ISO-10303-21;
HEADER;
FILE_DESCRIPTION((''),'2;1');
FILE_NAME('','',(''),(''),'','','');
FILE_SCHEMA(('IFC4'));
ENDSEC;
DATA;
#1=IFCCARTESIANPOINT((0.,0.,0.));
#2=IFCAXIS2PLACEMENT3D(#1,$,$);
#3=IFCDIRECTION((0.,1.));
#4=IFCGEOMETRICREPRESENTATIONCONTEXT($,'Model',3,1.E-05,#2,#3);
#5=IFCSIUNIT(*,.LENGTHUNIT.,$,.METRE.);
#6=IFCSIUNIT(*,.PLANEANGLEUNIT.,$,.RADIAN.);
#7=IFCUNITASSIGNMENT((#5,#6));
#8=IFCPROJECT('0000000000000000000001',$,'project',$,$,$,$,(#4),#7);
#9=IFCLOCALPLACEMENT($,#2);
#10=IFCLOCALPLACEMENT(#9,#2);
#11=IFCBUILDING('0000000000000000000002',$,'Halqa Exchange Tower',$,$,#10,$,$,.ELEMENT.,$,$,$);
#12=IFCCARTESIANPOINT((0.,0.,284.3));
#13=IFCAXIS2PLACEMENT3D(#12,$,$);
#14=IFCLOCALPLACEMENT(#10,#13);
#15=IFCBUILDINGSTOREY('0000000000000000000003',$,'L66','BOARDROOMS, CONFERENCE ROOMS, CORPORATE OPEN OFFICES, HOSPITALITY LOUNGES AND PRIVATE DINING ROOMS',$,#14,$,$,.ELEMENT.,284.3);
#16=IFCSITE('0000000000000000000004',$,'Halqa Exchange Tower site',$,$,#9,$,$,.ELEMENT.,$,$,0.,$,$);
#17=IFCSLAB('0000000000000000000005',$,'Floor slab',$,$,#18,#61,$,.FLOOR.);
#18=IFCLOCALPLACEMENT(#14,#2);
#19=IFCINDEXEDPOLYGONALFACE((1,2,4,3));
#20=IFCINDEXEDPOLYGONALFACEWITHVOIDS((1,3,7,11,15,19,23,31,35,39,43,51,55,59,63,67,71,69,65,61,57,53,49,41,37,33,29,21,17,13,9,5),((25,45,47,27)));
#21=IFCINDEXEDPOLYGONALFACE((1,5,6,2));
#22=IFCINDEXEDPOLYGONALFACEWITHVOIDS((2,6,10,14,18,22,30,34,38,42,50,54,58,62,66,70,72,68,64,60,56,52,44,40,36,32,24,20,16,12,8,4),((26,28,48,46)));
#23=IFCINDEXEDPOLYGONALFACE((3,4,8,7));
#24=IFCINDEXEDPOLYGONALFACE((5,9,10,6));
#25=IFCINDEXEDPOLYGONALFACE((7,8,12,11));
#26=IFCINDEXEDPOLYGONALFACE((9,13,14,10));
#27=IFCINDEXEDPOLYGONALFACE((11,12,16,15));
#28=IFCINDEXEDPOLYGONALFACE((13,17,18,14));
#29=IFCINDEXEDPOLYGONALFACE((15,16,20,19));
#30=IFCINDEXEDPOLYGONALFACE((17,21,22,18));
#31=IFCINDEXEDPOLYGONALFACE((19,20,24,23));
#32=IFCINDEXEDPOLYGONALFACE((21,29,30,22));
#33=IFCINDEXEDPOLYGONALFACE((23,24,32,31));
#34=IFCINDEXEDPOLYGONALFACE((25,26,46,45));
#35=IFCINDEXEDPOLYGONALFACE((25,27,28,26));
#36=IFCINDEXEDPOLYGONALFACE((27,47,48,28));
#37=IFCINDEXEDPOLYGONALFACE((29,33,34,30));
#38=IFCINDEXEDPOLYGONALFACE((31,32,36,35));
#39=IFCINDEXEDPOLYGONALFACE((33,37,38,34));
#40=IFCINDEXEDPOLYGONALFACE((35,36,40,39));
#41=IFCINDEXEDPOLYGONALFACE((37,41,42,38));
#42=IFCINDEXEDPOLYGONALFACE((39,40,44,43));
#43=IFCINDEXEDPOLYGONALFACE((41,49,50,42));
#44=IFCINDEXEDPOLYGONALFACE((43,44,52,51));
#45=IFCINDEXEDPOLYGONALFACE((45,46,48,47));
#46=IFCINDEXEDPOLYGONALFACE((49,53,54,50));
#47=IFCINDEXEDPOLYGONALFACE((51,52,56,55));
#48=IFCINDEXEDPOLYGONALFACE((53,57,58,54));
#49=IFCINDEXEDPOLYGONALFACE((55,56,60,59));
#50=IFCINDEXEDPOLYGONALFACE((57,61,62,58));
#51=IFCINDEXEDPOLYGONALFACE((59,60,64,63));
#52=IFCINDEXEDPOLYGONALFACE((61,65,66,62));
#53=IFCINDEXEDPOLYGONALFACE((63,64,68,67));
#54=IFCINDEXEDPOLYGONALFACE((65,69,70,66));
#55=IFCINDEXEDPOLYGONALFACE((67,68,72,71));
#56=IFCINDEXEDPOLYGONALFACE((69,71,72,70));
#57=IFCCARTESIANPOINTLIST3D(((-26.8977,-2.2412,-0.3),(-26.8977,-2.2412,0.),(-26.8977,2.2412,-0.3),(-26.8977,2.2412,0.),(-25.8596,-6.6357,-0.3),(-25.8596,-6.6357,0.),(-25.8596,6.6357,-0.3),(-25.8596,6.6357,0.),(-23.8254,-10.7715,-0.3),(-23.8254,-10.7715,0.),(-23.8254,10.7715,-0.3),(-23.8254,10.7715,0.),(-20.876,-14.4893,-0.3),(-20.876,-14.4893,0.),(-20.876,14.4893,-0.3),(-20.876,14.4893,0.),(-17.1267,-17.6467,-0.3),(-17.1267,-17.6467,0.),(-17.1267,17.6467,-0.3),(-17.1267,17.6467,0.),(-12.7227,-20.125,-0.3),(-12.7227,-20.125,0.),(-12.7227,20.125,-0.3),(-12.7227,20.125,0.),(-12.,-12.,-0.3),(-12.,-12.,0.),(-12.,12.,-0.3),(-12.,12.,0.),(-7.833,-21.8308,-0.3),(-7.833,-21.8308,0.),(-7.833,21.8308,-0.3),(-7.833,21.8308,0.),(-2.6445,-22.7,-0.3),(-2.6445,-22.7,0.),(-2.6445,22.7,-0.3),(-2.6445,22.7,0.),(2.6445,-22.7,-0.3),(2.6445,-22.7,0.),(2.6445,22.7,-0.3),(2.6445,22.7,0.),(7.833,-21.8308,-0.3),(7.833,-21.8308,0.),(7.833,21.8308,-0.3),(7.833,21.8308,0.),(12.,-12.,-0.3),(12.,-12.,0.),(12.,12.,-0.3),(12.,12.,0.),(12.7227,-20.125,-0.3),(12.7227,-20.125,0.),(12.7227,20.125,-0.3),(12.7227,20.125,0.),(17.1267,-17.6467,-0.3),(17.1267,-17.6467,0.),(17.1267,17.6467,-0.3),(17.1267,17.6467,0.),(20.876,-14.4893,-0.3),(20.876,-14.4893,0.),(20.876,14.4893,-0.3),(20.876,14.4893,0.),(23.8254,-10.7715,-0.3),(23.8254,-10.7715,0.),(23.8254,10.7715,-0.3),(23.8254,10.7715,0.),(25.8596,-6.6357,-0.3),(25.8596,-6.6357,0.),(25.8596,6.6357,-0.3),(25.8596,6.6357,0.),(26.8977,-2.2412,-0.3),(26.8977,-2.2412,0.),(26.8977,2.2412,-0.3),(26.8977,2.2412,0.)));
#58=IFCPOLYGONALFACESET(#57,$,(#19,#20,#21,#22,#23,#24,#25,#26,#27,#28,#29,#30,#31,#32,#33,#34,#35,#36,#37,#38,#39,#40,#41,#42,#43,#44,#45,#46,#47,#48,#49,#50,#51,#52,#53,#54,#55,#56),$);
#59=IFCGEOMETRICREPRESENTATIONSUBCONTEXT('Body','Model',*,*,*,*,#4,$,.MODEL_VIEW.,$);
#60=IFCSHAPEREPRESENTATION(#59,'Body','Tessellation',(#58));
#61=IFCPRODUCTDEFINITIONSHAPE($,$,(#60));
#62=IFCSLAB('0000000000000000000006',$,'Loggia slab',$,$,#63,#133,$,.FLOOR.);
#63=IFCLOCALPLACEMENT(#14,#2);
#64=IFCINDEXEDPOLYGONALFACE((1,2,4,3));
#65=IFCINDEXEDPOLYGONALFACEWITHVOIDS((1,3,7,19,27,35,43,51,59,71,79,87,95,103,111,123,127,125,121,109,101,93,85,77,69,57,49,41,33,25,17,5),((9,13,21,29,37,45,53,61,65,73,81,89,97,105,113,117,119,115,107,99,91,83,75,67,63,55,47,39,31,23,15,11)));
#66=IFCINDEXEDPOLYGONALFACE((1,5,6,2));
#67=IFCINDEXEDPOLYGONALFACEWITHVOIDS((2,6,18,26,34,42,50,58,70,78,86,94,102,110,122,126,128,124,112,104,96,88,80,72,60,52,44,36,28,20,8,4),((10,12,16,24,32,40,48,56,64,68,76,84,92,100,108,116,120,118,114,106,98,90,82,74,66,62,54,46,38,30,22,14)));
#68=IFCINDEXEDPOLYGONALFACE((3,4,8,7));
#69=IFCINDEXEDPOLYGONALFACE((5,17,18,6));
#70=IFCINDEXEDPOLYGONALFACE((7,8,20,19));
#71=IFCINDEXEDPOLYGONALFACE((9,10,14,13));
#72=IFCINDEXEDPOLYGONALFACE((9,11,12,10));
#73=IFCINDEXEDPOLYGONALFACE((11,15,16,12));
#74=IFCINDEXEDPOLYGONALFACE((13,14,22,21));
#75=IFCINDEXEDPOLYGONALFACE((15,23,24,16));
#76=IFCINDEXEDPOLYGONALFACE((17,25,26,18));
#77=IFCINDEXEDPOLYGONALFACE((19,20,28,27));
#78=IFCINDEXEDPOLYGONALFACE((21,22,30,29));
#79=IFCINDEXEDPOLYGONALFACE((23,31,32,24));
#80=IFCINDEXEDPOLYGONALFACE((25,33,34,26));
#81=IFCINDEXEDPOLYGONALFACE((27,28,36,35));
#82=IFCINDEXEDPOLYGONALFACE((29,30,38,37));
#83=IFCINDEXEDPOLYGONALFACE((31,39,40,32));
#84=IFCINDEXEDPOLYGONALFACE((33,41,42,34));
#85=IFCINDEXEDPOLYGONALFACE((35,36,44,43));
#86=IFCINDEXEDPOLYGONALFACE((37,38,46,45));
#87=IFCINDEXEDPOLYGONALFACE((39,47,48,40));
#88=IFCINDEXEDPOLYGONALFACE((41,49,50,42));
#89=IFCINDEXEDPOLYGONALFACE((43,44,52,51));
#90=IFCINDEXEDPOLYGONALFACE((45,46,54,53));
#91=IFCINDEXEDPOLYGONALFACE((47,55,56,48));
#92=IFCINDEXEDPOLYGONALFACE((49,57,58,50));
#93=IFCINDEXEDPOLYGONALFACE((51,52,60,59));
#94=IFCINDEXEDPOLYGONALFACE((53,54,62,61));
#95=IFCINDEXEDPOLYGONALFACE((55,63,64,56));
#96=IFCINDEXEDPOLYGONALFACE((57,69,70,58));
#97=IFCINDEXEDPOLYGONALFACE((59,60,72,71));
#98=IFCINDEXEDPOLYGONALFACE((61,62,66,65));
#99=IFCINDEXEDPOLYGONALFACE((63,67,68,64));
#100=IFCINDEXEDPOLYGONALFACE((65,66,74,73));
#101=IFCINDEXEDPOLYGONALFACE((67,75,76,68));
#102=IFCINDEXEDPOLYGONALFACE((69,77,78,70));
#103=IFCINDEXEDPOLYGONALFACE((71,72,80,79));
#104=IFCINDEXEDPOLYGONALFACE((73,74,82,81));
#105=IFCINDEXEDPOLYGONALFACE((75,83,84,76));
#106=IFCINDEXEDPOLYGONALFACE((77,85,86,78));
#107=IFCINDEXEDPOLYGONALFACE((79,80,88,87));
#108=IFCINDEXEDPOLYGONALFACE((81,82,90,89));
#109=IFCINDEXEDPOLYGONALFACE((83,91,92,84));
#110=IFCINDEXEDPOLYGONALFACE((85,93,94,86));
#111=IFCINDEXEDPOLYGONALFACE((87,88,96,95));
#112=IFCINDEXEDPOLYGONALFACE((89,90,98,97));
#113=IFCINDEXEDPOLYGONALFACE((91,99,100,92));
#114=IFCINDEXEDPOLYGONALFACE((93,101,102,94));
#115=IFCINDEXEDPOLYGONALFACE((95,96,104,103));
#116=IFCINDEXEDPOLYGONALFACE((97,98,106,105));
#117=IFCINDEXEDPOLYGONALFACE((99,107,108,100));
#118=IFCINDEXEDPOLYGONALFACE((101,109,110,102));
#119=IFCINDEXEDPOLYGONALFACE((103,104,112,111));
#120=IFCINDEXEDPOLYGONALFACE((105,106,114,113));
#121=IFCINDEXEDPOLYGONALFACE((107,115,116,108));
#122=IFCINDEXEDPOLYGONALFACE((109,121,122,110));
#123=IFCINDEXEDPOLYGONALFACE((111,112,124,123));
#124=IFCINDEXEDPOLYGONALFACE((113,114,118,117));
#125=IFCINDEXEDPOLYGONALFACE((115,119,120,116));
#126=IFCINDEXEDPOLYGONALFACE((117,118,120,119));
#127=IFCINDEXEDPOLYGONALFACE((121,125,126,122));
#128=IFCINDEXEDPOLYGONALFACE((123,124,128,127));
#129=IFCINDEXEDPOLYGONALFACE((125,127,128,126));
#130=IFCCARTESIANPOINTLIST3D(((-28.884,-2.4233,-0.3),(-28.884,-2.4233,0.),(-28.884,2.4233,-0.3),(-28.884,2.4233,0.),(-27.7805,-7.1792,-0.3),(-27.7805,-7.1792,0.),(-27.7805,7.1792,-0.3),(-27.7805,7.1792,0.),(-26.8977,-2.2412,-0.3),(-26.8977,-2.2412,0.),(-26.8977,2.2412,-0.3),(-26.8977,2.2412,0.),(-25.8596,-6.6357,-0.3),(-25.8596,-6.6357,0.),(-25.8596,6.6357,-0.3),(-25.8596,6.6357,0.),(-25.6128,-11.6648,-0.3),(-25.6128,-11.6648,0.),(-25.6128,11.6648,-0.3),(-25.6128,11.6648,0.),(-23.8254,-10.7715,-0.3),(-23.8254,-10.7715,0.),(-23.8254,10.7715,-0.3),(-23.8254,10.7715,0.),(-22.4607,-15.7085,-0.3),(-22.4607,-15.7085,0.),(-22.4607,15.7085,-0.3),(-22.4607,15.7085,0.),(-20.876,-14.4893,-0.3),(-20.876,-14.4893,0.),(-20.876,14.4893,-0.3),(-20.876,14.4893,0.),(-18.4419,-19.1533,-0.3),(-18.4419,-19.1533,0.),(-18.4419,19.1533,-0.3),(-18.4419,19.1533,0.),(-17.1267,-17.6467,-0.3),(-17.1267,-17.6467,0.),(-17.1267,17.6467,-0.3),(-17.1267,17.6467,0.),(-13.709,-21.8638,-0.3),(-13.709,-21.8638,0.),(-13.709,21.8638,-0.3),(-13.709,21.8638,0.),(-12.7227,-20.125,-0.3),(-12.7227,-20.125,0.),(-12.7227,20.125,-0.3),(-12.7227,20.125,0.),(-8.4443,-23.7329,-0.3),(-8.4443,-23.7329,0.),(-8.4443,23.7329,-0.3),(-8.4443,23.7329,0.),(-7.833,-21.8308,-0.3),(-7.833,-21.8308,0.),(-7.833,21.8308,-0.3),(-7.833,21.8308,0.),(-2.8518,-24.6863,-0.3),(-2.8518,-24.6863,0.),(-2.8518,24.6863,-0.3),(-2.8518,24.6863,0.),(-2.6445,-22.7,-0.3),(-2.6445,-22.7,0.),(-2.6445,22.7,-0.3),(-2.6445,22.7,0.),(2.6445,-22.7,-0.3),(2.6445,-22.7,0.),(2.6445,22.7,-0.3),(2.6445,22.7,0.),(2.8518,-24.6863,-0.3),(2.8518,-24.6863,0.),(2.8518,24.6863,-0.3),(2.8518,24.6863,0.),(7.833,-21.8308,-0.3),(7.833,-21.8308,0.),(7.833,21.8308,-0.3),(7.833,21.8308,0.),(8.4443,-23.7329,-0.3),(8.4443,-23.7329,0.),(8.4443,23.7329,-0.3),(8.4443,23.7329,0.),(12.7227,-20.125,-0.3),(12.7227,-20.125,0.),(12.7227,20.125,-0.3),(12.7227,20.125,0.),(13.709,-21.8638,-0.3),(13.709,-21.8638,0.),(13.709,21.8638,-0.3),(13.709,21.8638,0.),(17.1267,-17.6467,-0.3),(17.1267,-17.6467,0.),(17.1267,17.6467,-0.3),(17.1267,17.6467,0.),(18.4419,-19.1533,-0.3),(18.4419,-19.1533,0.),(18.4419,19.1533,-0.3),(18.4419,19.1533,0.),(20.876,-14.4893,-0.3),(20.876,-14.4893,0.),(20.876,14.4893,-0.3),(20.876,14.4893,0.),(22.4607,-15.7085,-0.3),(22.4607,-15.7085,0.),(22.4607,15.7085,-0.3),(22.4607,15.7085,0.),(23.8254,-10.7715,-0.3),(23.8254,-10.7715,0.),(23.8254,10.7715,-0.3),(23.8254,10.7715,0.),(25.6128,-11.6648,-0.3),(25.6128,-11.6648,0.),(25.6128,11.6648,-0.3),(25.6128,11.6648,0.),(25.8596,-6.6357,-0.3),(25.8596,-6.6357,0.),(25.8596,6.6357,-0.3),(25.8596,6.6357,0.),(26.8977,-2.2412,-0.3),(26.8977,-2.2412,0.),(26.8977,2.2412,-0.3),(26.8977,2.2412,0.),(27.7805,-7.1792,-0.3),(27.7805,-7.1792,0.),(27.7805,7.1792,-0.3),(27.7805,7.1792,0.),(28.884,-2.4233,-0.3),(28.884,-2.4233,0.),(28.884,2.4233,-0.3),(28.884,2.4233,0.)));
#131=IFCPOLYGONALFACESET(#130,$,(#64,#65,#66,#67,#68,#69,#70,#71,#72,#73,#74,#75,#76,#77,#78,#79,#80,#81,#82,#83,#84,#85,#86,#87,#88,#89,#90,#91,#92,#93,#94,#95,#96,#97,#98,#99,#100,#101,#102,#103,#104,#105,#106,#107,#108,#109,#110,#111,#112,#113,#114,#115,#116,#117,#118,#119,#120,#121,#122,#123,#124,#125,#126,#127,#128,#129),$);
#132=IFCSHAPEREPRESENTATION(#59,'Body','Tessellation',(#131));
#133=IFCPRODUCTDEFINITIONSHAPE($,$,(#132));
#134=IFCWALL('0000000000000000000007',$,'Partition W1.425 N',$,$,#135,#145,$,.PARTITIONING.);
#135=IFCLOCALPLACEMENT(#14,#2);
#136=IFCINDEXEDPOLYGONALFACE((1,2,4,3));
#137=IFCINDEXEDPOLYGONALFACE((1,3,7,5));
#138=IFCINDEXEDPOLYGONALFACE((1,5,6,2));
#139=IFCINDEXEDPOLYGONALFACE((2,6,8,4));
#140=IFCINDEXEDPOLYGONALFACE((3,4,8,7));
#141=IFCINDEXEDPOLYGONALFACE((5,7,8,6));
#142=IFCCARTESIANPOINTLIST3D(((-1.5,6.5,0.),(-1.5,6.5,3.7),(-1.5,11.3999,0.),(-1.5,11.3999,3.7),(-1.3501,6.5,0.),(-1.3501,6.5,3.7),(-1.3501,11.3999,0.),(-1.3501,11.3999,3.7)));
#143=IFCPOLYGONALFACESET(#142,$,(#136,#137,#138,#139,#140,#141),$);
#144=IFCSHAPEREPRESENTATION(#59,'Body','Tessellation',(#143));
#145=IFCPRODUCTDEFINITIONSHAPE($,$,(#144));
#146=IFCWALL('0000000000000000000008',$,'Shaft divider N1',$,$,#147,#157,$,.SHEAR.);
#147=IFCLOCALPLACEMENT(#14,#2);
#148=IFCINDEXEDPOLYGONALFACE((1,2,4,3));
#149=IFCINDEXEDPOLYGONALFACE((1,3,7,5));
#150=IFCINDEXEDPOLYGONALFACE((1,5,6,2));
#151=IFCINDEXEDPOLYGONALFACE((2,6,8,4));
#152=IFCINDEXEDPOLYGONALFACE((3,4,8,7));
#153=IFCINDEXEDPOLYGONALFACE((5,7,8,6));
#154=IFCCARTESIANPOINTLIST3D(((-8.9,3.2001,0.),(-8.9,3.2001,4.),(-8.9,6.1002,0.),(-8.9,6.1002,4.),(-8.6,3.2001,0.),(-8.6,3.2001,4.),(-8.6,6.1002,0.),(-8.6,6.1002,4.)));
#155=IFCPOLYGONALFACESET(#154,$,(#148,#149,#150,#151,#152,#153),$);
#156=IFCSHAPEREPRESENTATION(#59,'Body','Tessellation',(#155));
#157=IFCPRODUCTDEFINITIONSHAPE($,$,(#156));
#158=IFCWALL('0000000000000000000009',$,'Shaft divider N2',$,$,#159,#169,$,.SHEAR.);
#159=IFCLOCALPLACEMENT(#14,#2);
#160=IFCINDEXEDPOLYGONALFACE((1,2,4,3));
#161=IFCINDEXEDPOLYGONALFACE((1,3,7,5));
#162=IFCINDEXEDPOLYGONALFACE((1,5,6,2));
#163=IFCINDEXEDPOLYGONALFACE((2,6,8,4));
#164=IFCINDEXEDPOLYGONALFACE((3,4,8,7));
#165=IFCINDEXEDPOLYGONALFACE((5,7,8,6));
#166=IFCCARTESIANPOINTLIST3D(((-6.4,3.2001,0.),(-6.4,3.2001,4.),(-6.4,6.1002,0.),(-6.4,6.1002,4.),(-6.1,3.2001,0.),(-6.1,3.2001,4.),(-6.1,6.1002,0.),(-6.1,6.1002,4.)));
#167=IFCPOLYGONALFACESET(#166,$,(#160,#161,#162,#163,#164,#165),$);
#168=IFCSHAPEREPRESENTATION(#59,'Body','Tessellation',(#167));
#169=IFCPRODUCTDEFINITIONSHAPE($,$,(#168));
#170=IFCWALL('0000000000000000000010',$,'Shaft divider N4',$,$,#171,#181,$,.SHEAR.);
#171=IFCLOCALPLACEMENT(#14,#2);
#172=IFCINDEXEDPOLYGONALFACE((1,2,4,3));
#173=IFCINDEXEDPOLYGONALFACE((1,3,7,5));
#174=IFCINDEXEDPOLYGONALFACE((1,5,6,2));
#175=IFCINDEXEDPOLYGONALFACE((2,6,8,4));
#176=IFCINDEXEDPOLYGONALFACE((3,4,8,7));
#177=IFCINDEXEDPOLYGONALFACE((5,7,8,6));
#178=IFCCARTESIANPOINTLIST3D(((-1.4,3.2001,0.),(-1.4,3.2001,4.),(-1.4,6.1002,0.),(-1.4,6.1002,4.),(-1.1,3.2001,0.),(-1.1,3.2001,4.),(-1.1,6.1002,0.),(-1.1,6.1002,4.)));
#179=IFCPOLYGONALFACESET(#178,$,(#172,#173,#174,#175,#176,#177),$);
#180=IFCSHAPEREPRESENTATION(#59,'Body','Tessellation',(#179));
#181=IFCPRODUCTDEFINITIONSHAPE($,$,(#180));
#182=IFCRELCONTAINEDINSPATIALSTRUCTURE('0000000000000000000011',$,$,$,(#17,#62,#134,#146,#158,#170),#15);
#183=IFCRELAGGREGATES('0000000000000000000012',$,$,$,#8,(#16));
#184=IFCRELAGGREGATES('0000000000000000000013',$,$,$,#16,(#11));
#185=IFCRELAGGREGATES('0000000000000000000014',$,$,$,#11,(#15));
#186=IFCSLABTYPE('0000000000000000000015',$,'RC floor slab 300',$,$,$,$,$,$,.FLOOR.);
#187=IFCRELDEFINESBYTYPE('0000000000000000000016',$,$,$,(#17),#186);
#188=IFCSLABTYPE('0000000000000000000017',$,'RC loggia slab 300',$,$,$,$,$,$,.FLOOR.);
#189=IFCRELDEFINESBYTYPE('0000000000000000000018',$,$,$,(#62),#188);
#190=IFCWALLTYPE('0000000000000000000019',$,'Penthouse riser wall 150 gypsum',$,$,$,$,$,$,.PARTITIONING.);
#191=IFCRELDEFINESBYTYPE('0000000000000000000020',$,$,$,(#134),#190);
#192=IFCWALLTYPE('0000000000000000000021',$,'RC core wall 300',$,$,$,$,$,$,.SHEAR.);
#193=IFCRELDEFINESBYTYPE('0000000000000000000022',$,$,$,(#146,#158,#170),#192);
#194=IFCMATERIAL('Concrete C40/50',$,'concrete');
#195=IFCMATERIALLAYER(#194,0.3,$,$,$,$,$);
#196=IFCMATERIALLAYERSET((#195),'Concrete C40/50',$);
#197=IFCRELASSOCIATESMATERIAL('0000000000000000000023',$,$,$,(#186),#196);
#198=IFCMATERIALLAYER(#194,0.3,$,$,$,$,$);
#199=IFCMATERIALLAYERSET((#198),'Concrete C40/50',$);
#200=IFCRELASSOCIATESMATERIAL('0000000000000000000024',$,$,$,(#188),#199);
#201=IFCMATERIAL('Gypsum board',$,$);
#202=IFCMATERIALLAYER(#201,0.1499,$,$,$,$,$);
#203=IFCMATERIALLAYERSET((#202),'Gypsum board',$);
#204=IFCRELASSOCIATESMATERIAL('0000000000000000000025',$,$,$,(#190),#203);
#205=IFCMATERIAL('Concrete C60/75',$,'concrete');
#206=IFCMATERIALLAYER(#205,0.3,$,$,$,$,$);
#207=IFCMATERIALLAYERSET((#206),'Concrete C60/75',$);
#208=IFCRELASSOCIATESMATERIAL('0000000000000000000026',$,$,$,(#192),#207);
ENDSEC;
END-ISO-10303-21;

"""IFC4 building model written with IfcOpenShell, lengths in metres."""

from ifc_helpers import new_model, si_unit, direction, frame, frame_2d, origin, place, context, subcontext, project, spatial, polyline, rectangle, outline, extrude, material, layer, layer_set, type_object, element, save


model = new_model("IFC4")

# Units and contexts
model_context = context("Model", 3, precision=1e-05, world=origin(), true_north=direction((0.0, 1.0)))
body_context = subcontext(model_context, "Body", "Model", "MODEL_VIEW")
ifc_project = project(units=[si_unit("LENGTHUNIT", "METRE"), si_unit("PLANEANGLEUNIT", "RADIAN")], contexts=[model_context])

# Site, building, storey
site_placement = place(None, origin())
site = spatial("IfcSite", under=ifc_project, at=site_placement, Name="Halqa Exchange Tower site", CompositionType="ELEMENT", RefElevation=0.0)
building_placement = place(site_placement, origin())
building = spatial("IfcBuilding", under=site, at=building_placement, Name="Halqa Exchange Tower", CompositionType="ELEMENT")
storey_placement = place(building_placement, frame((0.0, 0.0, 284.3)))
storey = spatial("IfcBuildingStorey", under=building, at=storey_placement, Name="L66", Description="BOARDROOMS, CONFERENCE ROOMS, CORPORATE OPEN OFFICES, HOSPITALITY LOUNGES AND PRIVATE DINING ROOMS", CompositionType="ELEMENT", Elevation=284.3)

# Slabs
ifc_material_1 = material(Name="Concrete C40/50", Category="concrete")
ifc_layer_1 = layer(ifc_material_1, 0.3)
ifc_layer_set_1 = layer_set([ifc_layer_1], Name="Concrete C40/50")
slab_type_1 = type_object("IfcSlabType", Name="RC floor slab 300", PredefinedType="FLOOR", material=ifc_layer_set_1)
slab_1_placement = place(storey_placement, frame((0.0, 0.0, -0.3)))
element("IfcSlab", 1, at=slab_1_placement, inside=storey, type_object=slab_type_1, Name="Floor slab", PredefinedType="FLOOR", context=body_context, shape_type="SweptSolid", body=[
    extrude(outline(polyline([(26.8977, 2.2412), (25.8596, 6.6357), (23.8254, 10.7715), (20.876, 14.4893), (17.1267, 17.6467), (12.7227, 20.125), (7.833, 21.8308), (2.6445, 22.7), (-2.6445, 22.7), (-7.833, 21.8308), (-12.7227, 20.125), (-17.1267, 17.6467), (-20.876, 14.4893), (-23.8254, 10.7715), (-25.8596, 6.6357), (-26.8977, 2.2412), (-26.8977, -2.2412), (-25.8596, -6.6357), (-23.8254, -10.7715), (-20.876, -14.4893), (-17.1267, -17.6467), (-12.7227, -20.125), (-7.833, -21.8308), (-2.6445, -22.7), (2.6445, -22.7), (7.833, -21.8308), (12.7227, -20.125), (17.1267, -17.6467), (20.876, -14.4893), (23.8254, -10.7715), (25.8596, -6.6357), (26.8977, -2.2412), (26.8977, 2.2412)]), holes=[polyline([(-12.0, -12.0), (12.0, -12.0), (12.0, 12.0), (-12.0, 12.0), (-12.0, -12.0)])]), origin(), (0.0, 0.0, 1.0), 0.3),
])
ifc_layer_2 = layer(ifc_material_1, 0.3)
ifc_layer_set_2 = layer_set([ifc_layer_2], Name="Concrete C40/50")
slab_type_2 = type_object("IfcSlabType", Name="RC loggia slab 300", PredefinedType="FLOOR", material=ifc_layer_set_2)
slab_2_placement = place(storey_placement, frame((0.0, 0.0, -0.3)))
element("IfcSlab", 2, at=slab_2_placement, inside=storey, type_object=slab_type_2, Name="Loggia slab", PredefinedType="FLOOR", context=body_context, shape_type="SweptSolid", body=[
    extrude(outline(polyline([(28.884, 2.4233), (28.884, -2.4233), (27.7805, -7.1792), (25.6128, -11.6648), (22.4607, -15.7085), (18.4419, -19.1533), (13.709, -21.8638), (8.4443, -23.7329), (2.8518, -24.6863), (-2.8518, -24.6863), (-8.4443, -23.7329), (-13.709, -21.8638), (-18.4419, -19.1533), (-22.4607, -15.7085), (-25.6128, -11.6648), (-27.7805, -7.1792), (-28.884, -2.4233), (-28.884, 2.4233), (-27.7805, 7.1792), (-25.6128, 11.6648), (-22.4607, 15.7085), (-18.4419, 19.1533), (-13.709, 21.8638), (-8.4443, 23.7329), (-2.8518, 24.6863), (2.8518, 24.6863), (8.4443, 23.7329), (13.709, 21.8638), (18.4419, 19.1533), (22.4607, 15.7085), (25.6128, 11.6648), (27.7805, 7.1792), (28.884, 2.4233)]), holes=[polyline([(26.8977, 2.2412), (25.8596, 6.6357), (23.8254, 10.7715), (20.876, 14.4893), (17.1267, 17.6467), (12.7227, 20.125), (7.833, 21.8308), (2.6445, 22.7), (-2.6445, 22.7), (-7.833, 21.8308), (-12.7227, 20.125), (-17.1267, 17.6467), (-20.876, 14.4893), (-23.8254, 10.7715), (-25.8596, 6.6357), (-26.8977, 2.2412), (-26.8977, -2.2412), (-25.8596, -6.6357), (-23.8254, -10.7715), (-20.876, -14.4893), (-17.1267, -17.6467), (-12.7227, -20.125), (-7.833, -21.8308), (-2.6445, -22.7), (2.6445, -22.7), (7.833, -21.8308), (12.7227, -20.125), (17.1267, -17.6467), (20.876, -14.4893), (23.8254, -10.7715), (25.8596, -6.6357), (26.8977, -2.2412), (26.8977, 2.2412)])]), origin(), (0.0, 0.0, 1.0), 0.3),
])

# Walls
ifc_material_2 = material(Name="Gypsum board")
ifc_layer_3 = layer(ifc_material_2, 0.1499)
ifc_layer_set_3 = layer_set([ifc_layer_3], Name="Gypsum board")
wall_type_1 = type_object("IfcWallType", Name="Penthouse riser wall 150 gypsum", PredefinedType="PARTITIONING", material=ifc_layer_set_3)
wall_1_placement = place(storey_placement, frame((-1.425, 6.5, 0.0), z_axis=(0.0, 0.0, 1.0), x_axis=(0.0, 1.0, 0.0)))
element("IfcWall", 3, at=wall_1_placement, inside=storey, type_object=wall_type_1, Name="Partition W1.425 N", PredefinedType="PARTITIONING", context=body_context, shape_type="SweptSolid", body=[
    extrude(rectangle(XDim=4.8999, YDim=0.1499, at=frame_2d((2.45, 0.0))), origin(), (0.0, 0.0, 1.0), 3.7),
])
ifc_material_3 = material(Name="Concrete C60/75", Category="concrete")
ifc_layer_4 = layer(ifc_material_3, 0.3)
ifc_layer_set_4 = layer_set([ifc_layer_4], Name="Concrete C60/75")
wall_type_2 = type_object("IfcWallType", Name="RC core wall 300", PredefinedType="SHEAR", material=ifc_layer_set_4)
for number, where, z_axis, x_axis, name in (
    (4, (-8.75, 3.2, 0.0), (0.0, 0.0, 1.0), (0.0, 1.0, 0.0), "Shaft divider N1"),
    (5, (-6.25, 3.2, 0.0), (0.0, 0.0, 1.0), (0.0, 1.0, 0.0), "Shaft divider N2"),
    (6, (-1.25, 3.2, 0.0), (0.0, 0.0, 1.0), (0.0, 1.0, 0.0), "Shaft divider N4"),
):
    element("IfcWall", number, at=place(storey_placement, frame(where, z_axis=z_axis, x_axis=x_axis)), inside=storey, type_object=wall_type_2, Name=name, PredefinedType="SHEAR", context=body_context, shape_type="SweptSolid", body=[
        extrude(rectangle(XDim=2.9001, YDim=0.3, at=frame_2d((1.4502, 0.0))), origin(), (0.0, 0.0, 1.0), 4.0),
    ])

save(model, "model.ifc")
